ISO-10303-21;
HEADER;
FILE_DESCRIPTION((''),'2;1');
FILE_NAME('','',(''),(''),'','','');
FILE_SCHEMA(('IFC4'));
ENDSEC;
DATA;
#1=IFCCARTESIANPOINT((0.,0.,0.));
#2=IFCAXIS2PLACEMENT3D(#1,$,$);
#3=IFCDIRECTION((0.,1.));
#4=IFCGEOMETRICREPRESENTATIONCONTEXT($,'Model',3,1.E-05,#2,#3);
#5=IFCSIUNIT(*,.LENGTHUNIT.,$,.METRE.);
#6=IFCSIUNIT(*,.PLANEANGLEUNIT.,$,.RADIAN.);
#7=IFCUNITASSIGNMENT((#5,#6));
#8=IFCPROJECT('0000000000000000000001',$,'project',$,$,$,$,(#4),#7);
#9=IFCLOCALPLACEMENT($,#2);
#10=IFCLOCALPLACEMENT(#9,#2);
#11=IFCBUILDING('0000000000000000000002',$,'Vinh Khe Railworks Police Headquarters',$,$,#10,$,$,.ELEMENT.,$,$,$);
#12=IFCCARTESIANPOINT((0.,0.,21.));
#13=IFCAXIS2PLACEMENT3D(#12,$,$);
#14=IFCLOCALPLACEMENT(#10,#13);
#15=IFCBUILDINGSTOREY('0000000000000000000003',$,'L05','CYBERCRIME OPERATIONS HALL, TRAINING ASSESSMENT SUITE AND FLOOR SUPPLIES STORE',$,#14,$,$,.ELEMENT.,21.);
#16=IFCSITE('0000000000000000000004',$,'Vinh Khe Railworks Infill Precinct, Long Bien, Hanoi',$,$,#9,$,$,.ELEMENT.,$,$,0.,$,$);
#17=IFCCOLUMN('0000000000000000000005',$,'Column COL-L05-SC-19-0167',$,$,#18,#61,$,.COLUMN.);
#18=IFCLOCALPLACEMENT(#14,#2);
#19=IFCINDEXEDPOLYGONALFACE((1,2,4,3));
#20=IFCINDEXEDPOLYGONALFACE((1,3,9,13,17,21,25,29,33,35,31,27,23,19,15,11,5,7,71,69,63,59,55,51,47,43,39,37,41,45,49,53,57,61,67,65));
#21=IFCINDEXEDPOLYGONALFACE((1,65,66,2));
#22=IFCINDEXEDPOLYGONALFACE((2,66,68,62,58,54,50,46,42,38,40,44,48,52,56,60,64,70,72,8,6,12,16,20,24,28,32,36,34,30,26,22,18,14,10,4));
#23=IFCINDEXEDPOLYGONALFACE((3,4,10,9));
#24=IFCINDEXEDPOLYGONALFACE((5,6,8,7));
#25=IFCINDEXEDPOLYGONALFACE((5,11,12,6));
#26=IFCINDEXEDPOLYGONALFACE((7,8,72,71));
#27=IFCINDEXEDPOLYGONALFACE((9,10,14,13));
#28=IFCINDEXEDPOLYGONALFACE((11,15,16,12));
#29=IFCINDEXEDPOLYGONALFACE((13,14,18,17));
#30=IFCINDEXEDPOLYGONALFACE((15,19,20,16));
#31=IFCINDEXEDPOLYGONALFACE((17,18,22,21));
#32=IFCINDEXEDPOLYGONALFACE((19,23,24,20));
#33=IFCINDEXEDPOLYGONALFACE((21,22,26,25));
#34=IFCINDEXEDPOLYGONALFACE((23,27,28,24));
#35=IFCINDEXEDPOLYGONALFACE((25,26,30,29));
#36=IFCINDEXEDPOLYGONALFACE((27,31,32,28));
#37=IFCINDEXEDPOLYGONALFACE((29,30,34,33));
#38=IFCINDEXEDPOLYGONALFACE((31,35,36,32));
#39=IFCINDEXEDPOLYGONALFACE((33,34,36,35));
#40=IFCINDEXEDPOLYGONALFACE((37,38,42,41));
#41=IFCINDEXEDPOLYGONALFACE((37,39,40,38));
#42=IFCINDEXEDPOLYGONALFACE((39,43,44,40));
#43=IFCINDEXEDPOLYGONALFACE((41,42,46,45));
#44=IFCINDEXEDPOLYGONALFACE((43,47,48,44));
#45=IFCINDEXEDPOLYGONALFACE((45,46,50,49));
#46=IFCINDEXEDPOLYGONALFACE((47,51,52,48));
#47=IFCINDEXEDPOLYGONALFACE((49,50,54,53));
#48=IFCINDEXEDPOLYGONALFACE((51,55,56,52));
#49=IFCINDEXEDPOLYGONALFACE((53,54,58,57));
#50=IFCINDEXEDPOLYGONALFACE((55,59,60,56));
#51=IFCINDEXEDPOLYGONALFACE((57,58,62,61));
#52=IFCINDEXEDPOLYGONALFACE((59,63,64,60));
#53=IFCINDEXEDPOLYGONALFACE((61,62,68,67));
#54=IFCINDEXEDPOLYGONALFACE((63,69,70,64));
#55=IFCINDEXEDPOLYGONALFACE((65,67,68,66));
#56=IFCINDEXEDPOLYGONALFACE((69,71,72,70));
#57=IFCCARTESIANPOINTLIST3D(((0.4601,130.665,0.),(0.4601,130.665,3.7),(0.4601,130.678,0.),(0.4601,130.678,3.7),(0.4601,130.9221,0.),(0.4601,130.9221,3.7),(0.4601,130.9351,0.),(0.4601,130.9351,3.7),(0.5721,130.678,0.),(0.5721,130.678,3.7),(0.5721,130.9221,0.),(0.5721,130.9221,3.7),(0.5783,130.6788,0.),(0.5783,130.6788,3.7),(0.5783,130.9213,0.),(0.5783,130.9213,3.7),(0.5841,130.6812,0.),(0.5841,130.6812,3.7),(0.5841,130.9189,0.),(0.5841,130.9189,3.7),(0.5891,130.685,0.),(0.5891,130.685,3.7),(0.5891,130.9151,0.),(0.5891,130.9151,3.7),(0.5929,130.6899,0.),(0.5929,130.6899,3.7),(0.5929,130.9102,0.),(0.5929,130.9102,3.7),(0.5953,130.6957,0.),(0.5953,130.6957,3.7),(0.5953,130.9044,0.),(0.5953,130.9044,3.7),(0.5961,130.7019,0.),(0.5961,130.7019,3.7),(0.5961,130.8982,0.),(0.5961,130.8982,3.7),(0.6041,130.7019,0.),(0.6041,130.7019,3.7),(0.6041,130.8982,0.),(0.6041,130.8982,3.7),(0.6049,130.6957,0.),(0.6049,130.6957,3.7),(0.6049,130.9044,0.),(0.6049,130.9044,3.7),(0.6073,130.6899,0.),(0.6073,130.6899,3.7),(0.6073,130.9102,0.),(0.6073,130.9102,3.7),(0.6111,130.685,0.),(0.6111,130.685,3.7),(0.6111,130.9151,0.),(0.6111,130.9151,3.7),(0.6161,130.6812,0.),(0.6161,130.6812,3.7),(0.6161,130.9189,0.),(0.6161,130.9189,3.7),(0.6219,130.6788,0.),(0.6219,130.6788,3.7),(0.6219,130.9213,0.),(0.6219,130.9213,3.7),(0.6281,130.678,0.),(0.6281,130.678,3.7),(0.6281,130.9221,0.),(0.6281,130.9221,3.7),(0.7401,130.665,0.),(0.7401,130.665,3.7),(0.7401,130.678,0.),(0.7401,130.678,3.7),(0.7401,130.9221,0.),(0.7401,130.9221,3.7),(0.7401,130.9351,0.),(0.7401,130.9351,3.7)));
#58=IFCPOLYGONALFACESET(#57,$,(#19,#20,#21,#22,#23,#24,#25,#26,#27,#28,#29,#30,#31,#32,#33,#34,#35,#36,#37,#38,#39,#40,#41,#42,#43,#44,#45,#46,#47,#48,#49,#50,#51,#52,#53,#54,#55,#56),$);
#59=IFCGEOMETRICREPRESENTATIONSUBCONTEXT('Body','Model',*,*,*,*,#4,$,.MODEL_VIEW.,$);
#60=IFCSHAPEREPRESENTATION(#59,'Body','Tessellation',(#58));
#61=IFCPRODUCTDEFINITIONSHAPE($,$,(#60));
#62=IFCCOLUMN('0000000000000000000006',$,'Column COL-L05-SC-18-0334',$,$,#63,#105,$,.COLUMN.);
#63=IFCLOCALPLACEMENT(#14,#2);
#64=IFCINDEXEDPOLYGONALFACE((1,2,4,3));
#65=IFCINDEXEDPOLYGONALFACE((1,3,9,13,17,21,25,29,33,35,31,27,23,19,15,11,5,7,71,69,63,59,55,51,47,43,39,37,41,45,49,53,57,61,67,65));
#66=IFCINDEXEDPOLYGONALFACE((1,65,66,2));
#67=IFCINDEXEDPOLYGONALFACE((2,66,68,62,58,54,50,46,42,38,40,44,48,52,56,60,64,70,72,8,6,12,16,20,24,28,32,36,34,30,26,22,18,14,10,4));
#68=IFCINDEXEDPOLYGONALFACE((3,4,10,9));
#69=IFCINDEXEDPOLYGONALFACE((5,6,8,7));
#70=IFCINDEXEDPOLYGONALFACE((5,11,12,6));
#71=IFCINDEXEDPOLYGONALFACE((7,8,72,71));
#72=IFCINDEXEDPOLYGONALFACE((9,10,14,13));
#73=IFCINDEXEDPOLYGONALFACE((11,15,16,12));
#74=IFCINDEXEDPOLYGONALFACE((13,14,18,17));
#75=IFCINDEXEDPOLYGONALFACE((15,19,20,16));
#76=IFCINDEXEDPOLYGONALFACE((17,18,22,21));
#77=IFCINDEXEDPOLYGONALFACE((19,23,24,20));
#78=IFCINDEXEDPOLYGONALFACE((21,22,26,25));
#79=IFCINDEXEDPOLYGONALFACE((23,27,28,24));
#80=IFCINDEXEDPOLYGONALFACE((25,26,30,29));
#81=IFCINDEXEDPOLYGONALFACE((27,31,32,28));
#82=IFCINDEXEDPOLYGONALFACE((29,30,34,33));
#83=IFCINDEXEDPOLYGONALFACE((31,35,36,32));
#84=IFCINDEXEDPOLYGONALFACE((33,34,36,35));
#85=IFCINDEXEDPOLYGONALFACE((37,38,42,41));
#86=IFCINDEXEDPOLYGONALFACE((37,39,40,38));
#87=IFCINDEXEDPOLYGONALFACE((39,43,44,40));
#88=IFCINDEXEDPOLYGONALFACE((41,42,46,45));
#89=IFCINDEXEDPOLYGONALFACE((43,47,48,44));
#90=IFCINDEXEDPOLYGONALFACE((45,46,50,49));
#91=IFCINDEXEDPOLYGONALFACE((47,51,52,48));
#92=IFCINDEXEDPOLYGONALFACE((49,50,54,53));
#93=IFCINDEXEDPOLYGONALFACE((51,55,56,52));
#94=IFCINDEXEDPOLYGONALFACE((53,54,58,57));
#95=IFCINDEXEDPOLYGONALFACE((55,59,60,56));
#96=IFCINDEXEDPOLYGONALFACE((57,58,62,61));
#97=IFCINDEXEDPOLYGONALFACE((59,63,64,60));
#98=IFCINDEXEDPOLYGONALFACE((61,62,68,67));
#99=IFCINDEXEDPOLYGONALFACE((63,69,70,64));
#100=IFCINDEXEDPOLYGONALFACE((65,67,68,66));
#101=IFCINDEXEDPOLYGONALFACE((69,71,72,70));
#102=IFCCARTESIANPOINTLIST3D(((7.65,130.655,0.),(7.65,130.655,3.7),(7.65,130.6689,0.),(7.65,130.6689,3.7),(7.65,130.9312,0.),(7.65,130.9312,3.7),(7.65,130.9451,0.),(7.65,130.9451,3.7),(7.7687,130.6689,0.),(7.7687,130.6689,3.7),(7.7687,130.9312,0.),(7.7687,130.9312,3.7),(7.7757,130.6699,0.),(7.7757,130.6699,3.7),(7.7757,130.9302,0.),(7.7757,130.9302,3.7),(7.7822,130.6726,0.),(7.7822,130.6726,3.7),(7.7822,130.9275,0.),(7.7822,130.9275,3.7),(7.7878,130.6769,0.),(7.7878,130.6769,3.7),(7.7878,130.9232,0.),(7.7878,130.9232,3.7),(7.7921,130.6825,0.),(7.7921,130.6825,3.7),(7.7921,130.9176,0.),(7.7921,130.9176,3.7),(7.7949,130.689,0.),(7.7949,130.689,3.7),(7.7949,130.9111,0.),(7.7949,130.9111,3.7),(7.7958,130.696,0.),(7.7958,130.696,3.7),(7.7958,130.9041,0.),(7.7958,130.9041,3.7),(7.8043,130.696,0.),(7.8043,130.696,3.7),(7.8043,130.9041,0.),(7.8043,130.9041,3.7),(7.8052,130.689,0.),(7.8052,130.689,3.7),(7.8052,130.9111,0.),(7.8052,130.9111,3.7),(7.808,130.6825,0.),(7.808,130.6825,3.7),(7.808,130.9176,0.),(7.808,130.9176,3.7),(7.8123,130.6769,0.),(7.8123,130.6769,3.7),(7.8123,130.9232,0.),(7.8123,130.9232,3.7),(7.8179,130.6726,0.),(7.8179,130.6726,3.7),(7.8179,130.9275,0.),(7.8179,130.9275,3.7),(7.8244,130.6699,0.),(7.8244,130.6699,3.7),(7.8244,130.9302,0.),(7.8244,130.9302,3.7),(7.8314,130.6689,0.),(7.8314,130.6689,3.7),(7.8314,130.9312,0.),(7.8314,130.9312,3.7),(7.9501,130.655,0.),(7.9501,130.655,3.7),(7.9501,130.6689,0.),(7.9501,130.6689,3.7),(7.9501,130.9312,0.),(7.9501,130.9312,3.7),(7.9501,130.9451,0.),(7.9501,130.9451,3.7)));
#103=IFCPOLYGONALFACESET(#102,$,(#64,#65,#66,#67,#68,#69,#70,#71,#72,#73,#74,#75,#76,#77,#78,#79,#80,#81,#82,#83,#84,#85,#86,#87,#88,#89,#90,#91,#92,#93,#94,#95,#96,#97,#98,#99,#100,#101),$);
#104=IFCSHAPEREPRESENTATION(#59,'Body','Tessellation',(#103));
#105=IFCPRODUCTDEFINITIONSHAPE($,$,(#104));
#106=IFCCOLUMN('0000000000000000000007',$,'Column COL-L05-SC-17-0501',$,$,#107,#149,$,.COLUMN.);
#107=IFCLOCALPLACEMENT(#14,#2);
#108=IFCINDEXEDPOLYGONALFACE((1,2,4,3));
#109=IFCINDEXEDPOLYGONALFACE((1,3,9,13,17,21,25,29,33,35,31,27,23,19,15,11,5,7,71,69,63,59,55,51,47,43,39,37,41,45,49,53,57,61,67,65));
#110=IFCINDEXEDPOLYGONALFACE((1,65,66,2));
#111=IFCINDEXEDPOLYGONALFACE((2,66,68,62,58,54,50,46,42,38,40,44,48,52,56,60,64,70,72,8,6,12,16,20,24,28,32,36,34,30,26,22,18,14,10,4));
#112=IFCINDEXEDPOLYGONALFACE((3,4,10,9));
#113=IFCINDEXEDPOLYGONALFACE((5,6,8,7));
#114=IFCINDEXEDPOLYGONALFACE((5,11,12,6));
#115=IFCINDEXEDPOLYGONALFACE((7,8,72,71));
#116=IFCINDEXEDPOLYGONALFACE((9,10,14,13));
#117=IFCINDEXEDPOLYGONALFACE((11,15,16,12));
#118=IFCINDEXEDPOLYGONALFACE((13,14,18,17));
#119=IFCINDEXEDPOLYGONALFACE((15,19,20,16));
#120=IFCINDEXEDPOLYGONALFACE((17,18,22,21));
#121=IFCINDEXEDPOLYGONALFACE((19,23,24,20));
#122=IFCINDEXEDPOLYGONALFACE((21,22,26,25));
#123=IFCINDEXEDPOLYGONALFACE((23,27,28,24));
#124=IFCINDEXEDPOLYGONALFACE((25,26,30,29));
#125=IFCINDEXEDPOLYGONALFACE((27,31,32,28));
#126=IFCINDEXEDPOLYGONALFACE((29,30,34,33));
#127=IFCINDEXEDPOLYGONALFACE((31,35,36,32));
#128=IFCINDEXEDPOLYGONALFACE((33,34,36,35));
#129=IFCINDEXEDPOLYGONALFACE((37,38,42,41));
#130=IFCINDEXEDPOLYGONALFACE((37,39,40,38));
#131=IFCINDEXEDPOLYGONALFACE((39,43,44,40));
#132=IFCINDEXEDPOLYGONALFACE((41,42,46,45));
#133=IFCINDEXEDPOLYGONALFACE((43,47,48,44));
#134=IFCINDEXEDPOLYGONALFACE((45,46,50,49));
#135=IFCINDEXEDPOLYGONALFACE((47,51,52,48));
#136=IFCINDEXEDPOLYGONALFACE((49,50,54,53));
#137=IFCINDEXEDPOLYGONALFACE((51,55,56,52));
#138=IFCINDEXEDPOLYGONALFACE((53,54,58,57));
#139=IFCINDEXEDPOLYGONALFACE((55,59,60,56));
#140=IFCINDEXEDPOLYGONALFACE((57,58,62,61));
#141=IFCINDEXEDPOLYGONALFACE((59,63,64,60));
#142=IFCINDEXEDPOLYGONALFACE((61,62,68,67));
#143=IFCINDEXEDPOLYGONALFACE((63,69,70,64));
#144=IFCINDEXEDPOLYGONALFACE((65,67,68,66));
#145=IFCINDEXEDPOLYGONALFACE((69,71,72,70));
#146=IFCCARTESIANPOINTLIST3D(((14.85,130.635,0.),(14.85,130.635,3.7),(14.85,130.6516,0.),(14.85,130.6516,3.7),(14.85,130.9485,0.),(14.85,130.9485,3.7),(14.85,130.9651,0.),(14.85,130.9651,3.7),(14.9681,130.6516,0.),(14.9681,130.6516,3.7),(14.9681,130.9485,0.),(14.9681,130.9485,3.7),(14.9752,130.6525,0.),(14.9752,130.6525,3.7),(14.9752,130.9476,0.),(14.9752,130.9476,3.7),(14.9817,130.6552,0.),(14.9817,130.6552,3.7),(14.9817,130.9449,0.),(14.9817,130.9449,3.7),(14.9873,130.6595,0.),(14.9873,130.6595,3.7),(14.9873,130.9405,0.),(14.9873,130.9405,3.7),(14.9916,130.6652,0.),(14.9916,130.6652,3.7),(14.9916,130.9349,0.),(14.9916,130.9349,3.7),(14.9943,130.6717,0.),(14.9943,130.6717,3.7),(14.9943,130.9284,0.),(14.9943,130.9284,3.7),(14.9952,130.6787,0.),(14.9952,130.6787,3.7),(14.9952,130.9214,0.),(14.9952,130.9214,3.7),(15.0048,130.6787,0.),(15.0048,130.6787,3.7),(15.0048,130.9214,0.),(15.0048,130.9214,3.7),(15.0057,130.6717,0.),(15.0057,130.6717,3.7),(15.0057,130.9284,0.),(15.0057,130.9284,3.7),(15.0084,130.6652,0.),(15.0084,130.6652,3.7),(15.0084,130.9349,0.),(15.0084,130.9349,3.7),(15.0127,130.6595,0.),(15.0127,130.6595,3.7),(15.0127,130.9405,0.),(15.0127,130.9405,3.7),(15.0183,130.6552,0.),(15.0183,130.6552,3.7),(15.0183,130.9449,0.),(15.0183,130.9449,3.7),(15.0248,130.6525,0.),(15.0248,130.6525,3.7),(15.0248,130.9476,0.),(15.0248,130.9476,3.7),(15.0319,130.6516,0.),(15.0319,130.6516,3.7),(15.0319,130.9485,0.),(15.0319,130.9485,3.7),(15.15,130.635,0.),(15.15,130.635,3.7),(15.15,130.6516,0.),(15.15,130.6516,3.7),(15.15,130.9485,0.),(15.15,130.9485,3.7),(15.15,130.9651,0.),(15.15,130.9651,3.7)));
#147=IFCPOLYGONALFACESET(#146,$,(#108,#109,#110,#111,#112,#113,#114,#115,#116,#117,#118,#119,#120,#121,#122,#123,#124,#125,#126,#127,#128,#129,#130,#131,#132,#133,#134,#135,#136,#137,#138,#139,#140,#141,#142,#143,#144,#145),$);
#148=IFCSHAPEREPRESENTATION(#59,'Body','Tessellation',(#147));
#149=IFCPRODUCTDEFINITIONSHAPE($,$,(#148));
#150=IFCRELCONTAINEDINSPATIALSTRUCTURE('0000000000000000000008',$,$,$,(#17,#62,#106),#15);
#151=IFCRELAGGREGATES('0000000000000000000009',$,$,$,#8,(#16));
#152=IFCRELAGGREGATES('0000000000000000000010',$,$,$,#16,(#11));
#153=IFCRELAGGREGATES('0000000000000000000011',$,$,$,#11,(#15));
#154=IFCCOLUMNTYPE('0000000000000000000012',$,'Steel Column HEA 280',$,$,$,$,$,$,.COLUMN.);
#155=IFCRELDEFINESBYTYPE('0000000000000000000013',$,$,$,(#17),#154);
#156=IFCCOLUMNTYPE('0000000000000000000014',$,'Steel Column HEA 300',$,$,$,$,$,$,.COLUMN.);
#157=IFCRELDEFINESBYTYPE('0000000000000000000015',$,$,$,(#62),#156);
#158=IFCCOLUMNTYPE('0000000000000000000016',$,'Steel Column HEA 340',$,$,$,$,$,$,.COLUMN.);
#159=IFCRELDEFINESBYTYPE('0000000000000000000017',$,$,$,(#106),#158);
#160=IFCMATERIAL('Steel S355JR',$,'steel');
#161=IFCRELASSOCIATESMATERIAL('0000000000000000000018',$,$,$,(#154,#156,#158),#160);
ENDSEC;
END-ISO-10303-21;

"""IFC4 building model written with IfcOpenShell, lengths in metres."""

from ifc_helpers import new_model, si_unit, direction, frame, origin, origin_2d, place, context, subcontext, project, spatial, i_section, extrude, material, material_profile, profile_set, type_object, element, save


model = new_model("IFC4")

# Units and contexts
model_context = context("Model", 3, precision=1e-05, world=origin(), true_north=direction((0.0, 1.0)))
body_context = subcontext(model_context, "Body", "Model", "MODEL_VIEW")
ifc_project = project(units=[si_unit("LENGTHUNIT", "METRE"), si_unit("PLANEANGLEUNIT", "RADIAN")], contexts=[model_context])

# Site, building, storey
site_placement = place(None, origin())
site = spatial("IfcSite", under=ifc_project, at=site_placement, Name="Vinh Khe Railworks Infill Precinct, Long Bien, Hanoi", CompositionType="ELEMENT", RefElevation=0.0)
building_placement = place(site_placement, origin())
building = spatial("IfcBuilding", under=site, at=building_placement, Name="Vinh Khe Railworks Police Headquarters", CompositionType="ELEMENT")
storey_placement = place(building_placement, frame((0.0, 0.0, 21.0)))
storey = spatial("IfcBuildingStorey", under=building, at=storey_placement, Name="L05", Description="CYBERCRIME OPERATIONS HALL, TRAINING ASSESSMENT SUITE AND FLOOR SUPPLIES STORE", CompositionType="ELEMENT", Elevation=21.0)

# Columns
ifc_material_1 = material(Name="Steel S355JR", Category="steel")
ifc_material_profile_1 = material_profile(ifc_material_1, i_section(OverallWidth=0.28, OverallDepth=0.27, WebThickness=0.0081, FlangeThickness=0.0129, FilletRadius=0.0239, at=origin_2d()), Name="HEA 280")
ifc_profile_set_1 = profile_set([ifc_material_profile_1], Name="Steel S355JR")
column_type_1 = type_object("IfcColumnType", Name="Steel Column HEA 280", PredefinedType="COLUMN", material=ifc_profile_set_1)
column_1_placement = place(storey_placement, frame((0.6001, 130.8, 0.0), z_axis=(0.0, 0.0, 1.0), x_axis=(1.0, 0.0, 0.0)))
element("IfcColumn", 1, at=column_1_placement, inside=storey, type_object=column_type_1, Name="Column COL-L05-SC-19-0167", PredefinedType="COLUMN", context=body_context, shape_type="SweptSolid", body=[
    extrude(i_section(OverallWidth=0.28, OverallDepth=0.27, WebThickness=0.0081, FlangeThickness=0.0129, FilletRadius=0.0239, at=origin_2d()), origin(), (0.0, 0.0, 1.0), 3.7),
])
ifc_material_profile_2 = material_profile(ifc_material_1, i_section(OverallWidth=0.3, OverallDepth=0.29, WebThickness=0.0085, FlangeThickness=0.0139, FilletRadius=0.0271, at=origin_2d()), Name="HEA 300")
ifc_profile_set_2 = profile_set([ifc_material_profile_2], Name="Steel S355JR")
column_type_2 = type_object("IfcColumnType", Name="Steel Column HEA 300", PredefinedType="COLUMN", material=ifc_profile_set_2)
column_2_placement = place(storey_placement, frame((7.8, 130.8, 0.0), z_axis=(0.0, 0.0, 1.0), x_axis=(1.0, 0.0, 0.0)))
element("IfcColumn", 2, at=column_2_placement, inside=storey, type_object=column_type_2, Name="Column COL-L05-SC-18-0334", PredefinedType="COLUMN", context=body_context, shape_type="SweptSolid", body=[
    extrude(i_section(OverallWidth=0.3, OverallDepth=0.29, WebThickness=0.0085, FlangeThickness=0.0139, FilletRadius=0.0271, at=origin_2d()), origin(), (0.0, 0.0, 1.0), 3.7),
])
ifc_material_profile_3 = material_profile(ifc_material_1, i_section(OverallWidth=0.3, OverallDepth=0.3301, WebThickness=0.0095, FlangeThickness=0.0166, FilletRadius=0.0271, at=origin_2d()), Name="HEA 340")
ifc_profile_set_3 = profile_set([ifc_material_profile_3], Name="Steel S355JR")
column_type_3 = type_object("IfcColumnType", Name="Steel Column HEA 340", PredefinedType="COLUMN", material=ifc_profile_set_3)
column_3_placement = place(storey_placement, frame((15.0, 130.8, 0.0), z_axis=(0.0, 0.0, 1.0), x_axis=(1.0, 0.0, 0.0)))
element("IfcColumn", 3, at=column_3_placement, inside=storey, type_object=column_type_3, Name="Column COL-L05-SC-17-0501", PredefinedType="COLUMN", context=body_context, shape_type="SweptSolid", body=[
    extrude(i_section(OverallWidth=0.3, OverallDepth=0.3301, WebThickness=0.0095, FlangeThickness=0.0166, FilletRadius=0.0271, at=origin_2d()), origin(), (0.0, 0.0, 1.0), 3.7),
])

save(model, "model.ifc")
